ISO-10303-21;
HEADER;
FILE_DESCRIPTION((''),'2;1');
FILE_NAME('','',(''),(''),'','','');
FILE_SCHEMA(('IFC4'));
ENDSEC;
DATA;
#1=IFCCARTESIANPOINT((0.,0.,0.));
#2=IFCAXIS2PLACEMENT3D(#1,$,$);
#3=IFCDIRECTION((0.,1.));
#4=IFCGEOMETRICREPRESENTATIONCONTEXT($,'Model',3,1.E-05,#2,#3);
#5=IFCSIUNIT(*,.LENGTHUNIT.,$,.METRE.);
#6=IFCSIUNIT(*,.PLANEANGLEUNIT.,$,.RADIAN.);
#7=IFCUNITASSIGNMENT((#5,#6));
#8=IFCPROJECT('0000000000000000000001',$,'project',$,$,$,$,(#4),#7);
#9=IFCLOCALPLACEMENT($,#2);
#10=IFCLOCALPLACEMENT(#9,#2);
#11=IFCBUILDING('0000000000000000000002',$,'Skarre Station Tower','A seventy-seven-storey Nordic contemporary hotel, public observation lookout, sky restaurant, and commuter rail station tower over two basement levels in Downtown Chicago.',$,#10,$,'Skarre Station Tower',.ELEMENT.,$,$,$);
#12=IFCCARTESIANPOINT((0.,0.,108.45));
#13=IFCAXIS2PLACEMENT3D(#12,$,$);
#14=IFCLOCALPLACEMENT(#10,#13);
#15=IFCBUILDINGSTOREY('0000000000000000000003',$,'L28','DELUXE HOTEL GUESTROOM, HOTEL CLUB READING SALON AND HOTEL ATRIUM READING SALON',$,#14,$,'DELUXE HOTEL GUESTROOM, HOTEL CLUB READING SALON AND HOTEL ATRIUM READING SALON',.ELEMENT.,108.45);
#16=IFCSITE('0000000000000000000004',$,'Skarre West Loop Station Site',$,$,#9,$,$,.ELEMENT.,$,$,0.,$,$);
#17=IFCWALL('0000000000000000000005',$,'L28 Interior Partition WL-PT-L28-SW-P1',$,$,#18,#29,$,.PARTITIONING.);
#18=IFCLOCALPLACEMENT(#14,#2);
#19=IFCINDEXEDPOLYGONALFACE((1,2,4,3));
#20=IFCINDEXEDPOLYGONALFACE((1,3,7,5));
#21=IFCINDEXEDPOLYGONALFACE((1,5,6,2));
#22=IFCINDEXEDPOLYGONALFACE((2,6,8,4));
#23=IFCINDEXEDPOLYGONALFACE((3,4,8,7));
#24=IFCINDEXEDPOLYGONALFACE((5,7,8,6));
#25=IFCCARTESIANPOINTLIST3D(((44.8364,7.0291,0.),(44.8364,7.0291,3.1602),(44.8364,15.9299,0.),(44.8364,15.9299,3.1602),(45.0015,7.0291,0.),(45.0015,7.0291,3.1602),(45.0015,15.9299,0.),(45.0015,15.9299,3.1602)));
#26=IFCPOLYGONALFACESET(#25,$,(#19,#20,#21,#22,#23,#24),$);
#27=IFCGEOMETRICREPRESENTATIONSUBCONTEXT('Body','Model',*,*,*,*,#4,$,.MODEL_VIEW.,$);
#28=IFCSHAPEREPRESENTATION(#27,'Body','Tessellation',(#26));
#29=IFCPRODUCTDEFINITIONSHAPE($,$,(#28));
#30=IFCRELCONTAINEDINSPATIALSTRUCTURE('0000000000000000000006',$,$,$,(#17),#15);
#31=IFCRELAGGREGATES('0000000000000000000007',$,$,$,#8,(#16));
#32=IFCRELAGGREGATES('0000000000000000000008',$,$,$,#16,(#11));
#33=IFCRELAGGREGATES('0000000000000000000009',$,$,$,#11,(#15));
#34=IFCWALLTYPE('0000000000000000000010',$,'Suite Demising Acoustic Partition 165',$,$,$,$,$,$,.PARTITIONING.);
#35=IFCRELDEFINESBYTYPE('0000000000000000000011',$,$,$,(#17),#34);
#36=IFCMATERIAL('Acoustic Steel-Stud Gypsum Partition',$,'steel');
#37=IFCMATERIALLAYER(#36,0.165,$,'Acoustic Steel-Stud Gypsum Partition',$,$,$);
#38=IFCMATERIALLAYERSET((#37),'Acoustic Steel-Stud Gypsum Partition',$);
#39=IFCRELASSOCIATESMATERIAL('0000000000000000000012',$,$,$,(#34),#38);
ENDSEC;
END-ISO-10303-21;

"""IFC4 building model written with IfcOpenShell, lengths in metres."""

from ifc_helpers import new_model, si_unit, direction, frame, frame_2d, origin, place, context, subcontext, project, spatial, rectangle, extrude, material, layer, layer_set, type_object, element, save


model = new_model("IFC4")

# Units and contexts
model_context = context("Model", 3, precision=1e-05, world=origin(), true_north=direction((0.0, 1.0)))
body_context = subcontext(model_context, "Body", "Model", "MODEL_VIEW")
ifc_project = project(units=[si_unit("LENGTHUNIT", "METRE"), si_unit("PLANEANGLEUNIT", "RADIAN")], contexts=[model_context])

# Site, building, storey
site_placement = place(None, origin())
site = spatial("IfcSite", under=ifc_project, at=site_placement, Name="Skarre West Loop Station Site", CompositionType="ELEMENT", RefElevation=0.0)
building_placement = place(site_placement, origin())
building = spatial("IfcBuilding", under=site, at=building_placement, Name="Skarre Station Tower", Description="A seventy-seven-storey Nordic contemporary hotel, public observation lookout, sky restaurant, and commuter rail station tower over two basement levels in Downtown Chicago.", LongName="Skarre Station Tower", CompositionType="ELEMENT")
storey_placement = place(building_placement, frame((0.0, 0.0, 108.45)))
storey = spatial("IfcBuildingStorey", under=building, at=storey_placement, Name="L28", Description="DELUXE HOTEL GUESTROOM, HOTEL CLUB READING SALON AND HOTEL ATRIUM READING SALON", LongName="DELUXE HOTEL GUESTROOM, HOTEL CLUB READING SALON AND HOTEL ATRIUM READING SALON", CompositionType="ELEMENT", Elevation=108.45)

# Wall
ifc_material_1 = material(Name="Acoustic Steel-Stud Gypsum Partition", Category="steel")
ifc_layer_1 = layer(ifc_material_1, 0.165, Name="Acoustic Steel-Stud Gypsum Partition")
ifc_layer_set_1 = layer_set([ifc_layer_1], Name="Acoustic Steel-Stud Gypsum Partition")
wall_type_1 = type_object("IfcWallType", Name="Suite Demising Acoustic Partition 165", PredefinedType="PARTITIONING", material=ifc_layer_set_1)
wall_1_placement = place(storey_placement, frame((44.9189, 7.0291, 0.0), z_axis=(0.0, 0.0, 1.0), x_axis=(0.0, 1.0, 0.0)))
element("IfcWall", 1, at=wall_1_placement, inside=storey, type_object=wall_type_1, Name="L28 Interior Partition WL-PT-L28-SW-P1", PredefinedType="PARTITIONING", context=body_context, shape_type="SweptSolid", body=[
    extrude(rectangle(XDim=8.9009, YDim=0.165, at=frame_2d((4.4504, 0.0))), origin(), (0.0, 0.0, 1.0), 3.1602),
])

save(model, "model.ifc")
